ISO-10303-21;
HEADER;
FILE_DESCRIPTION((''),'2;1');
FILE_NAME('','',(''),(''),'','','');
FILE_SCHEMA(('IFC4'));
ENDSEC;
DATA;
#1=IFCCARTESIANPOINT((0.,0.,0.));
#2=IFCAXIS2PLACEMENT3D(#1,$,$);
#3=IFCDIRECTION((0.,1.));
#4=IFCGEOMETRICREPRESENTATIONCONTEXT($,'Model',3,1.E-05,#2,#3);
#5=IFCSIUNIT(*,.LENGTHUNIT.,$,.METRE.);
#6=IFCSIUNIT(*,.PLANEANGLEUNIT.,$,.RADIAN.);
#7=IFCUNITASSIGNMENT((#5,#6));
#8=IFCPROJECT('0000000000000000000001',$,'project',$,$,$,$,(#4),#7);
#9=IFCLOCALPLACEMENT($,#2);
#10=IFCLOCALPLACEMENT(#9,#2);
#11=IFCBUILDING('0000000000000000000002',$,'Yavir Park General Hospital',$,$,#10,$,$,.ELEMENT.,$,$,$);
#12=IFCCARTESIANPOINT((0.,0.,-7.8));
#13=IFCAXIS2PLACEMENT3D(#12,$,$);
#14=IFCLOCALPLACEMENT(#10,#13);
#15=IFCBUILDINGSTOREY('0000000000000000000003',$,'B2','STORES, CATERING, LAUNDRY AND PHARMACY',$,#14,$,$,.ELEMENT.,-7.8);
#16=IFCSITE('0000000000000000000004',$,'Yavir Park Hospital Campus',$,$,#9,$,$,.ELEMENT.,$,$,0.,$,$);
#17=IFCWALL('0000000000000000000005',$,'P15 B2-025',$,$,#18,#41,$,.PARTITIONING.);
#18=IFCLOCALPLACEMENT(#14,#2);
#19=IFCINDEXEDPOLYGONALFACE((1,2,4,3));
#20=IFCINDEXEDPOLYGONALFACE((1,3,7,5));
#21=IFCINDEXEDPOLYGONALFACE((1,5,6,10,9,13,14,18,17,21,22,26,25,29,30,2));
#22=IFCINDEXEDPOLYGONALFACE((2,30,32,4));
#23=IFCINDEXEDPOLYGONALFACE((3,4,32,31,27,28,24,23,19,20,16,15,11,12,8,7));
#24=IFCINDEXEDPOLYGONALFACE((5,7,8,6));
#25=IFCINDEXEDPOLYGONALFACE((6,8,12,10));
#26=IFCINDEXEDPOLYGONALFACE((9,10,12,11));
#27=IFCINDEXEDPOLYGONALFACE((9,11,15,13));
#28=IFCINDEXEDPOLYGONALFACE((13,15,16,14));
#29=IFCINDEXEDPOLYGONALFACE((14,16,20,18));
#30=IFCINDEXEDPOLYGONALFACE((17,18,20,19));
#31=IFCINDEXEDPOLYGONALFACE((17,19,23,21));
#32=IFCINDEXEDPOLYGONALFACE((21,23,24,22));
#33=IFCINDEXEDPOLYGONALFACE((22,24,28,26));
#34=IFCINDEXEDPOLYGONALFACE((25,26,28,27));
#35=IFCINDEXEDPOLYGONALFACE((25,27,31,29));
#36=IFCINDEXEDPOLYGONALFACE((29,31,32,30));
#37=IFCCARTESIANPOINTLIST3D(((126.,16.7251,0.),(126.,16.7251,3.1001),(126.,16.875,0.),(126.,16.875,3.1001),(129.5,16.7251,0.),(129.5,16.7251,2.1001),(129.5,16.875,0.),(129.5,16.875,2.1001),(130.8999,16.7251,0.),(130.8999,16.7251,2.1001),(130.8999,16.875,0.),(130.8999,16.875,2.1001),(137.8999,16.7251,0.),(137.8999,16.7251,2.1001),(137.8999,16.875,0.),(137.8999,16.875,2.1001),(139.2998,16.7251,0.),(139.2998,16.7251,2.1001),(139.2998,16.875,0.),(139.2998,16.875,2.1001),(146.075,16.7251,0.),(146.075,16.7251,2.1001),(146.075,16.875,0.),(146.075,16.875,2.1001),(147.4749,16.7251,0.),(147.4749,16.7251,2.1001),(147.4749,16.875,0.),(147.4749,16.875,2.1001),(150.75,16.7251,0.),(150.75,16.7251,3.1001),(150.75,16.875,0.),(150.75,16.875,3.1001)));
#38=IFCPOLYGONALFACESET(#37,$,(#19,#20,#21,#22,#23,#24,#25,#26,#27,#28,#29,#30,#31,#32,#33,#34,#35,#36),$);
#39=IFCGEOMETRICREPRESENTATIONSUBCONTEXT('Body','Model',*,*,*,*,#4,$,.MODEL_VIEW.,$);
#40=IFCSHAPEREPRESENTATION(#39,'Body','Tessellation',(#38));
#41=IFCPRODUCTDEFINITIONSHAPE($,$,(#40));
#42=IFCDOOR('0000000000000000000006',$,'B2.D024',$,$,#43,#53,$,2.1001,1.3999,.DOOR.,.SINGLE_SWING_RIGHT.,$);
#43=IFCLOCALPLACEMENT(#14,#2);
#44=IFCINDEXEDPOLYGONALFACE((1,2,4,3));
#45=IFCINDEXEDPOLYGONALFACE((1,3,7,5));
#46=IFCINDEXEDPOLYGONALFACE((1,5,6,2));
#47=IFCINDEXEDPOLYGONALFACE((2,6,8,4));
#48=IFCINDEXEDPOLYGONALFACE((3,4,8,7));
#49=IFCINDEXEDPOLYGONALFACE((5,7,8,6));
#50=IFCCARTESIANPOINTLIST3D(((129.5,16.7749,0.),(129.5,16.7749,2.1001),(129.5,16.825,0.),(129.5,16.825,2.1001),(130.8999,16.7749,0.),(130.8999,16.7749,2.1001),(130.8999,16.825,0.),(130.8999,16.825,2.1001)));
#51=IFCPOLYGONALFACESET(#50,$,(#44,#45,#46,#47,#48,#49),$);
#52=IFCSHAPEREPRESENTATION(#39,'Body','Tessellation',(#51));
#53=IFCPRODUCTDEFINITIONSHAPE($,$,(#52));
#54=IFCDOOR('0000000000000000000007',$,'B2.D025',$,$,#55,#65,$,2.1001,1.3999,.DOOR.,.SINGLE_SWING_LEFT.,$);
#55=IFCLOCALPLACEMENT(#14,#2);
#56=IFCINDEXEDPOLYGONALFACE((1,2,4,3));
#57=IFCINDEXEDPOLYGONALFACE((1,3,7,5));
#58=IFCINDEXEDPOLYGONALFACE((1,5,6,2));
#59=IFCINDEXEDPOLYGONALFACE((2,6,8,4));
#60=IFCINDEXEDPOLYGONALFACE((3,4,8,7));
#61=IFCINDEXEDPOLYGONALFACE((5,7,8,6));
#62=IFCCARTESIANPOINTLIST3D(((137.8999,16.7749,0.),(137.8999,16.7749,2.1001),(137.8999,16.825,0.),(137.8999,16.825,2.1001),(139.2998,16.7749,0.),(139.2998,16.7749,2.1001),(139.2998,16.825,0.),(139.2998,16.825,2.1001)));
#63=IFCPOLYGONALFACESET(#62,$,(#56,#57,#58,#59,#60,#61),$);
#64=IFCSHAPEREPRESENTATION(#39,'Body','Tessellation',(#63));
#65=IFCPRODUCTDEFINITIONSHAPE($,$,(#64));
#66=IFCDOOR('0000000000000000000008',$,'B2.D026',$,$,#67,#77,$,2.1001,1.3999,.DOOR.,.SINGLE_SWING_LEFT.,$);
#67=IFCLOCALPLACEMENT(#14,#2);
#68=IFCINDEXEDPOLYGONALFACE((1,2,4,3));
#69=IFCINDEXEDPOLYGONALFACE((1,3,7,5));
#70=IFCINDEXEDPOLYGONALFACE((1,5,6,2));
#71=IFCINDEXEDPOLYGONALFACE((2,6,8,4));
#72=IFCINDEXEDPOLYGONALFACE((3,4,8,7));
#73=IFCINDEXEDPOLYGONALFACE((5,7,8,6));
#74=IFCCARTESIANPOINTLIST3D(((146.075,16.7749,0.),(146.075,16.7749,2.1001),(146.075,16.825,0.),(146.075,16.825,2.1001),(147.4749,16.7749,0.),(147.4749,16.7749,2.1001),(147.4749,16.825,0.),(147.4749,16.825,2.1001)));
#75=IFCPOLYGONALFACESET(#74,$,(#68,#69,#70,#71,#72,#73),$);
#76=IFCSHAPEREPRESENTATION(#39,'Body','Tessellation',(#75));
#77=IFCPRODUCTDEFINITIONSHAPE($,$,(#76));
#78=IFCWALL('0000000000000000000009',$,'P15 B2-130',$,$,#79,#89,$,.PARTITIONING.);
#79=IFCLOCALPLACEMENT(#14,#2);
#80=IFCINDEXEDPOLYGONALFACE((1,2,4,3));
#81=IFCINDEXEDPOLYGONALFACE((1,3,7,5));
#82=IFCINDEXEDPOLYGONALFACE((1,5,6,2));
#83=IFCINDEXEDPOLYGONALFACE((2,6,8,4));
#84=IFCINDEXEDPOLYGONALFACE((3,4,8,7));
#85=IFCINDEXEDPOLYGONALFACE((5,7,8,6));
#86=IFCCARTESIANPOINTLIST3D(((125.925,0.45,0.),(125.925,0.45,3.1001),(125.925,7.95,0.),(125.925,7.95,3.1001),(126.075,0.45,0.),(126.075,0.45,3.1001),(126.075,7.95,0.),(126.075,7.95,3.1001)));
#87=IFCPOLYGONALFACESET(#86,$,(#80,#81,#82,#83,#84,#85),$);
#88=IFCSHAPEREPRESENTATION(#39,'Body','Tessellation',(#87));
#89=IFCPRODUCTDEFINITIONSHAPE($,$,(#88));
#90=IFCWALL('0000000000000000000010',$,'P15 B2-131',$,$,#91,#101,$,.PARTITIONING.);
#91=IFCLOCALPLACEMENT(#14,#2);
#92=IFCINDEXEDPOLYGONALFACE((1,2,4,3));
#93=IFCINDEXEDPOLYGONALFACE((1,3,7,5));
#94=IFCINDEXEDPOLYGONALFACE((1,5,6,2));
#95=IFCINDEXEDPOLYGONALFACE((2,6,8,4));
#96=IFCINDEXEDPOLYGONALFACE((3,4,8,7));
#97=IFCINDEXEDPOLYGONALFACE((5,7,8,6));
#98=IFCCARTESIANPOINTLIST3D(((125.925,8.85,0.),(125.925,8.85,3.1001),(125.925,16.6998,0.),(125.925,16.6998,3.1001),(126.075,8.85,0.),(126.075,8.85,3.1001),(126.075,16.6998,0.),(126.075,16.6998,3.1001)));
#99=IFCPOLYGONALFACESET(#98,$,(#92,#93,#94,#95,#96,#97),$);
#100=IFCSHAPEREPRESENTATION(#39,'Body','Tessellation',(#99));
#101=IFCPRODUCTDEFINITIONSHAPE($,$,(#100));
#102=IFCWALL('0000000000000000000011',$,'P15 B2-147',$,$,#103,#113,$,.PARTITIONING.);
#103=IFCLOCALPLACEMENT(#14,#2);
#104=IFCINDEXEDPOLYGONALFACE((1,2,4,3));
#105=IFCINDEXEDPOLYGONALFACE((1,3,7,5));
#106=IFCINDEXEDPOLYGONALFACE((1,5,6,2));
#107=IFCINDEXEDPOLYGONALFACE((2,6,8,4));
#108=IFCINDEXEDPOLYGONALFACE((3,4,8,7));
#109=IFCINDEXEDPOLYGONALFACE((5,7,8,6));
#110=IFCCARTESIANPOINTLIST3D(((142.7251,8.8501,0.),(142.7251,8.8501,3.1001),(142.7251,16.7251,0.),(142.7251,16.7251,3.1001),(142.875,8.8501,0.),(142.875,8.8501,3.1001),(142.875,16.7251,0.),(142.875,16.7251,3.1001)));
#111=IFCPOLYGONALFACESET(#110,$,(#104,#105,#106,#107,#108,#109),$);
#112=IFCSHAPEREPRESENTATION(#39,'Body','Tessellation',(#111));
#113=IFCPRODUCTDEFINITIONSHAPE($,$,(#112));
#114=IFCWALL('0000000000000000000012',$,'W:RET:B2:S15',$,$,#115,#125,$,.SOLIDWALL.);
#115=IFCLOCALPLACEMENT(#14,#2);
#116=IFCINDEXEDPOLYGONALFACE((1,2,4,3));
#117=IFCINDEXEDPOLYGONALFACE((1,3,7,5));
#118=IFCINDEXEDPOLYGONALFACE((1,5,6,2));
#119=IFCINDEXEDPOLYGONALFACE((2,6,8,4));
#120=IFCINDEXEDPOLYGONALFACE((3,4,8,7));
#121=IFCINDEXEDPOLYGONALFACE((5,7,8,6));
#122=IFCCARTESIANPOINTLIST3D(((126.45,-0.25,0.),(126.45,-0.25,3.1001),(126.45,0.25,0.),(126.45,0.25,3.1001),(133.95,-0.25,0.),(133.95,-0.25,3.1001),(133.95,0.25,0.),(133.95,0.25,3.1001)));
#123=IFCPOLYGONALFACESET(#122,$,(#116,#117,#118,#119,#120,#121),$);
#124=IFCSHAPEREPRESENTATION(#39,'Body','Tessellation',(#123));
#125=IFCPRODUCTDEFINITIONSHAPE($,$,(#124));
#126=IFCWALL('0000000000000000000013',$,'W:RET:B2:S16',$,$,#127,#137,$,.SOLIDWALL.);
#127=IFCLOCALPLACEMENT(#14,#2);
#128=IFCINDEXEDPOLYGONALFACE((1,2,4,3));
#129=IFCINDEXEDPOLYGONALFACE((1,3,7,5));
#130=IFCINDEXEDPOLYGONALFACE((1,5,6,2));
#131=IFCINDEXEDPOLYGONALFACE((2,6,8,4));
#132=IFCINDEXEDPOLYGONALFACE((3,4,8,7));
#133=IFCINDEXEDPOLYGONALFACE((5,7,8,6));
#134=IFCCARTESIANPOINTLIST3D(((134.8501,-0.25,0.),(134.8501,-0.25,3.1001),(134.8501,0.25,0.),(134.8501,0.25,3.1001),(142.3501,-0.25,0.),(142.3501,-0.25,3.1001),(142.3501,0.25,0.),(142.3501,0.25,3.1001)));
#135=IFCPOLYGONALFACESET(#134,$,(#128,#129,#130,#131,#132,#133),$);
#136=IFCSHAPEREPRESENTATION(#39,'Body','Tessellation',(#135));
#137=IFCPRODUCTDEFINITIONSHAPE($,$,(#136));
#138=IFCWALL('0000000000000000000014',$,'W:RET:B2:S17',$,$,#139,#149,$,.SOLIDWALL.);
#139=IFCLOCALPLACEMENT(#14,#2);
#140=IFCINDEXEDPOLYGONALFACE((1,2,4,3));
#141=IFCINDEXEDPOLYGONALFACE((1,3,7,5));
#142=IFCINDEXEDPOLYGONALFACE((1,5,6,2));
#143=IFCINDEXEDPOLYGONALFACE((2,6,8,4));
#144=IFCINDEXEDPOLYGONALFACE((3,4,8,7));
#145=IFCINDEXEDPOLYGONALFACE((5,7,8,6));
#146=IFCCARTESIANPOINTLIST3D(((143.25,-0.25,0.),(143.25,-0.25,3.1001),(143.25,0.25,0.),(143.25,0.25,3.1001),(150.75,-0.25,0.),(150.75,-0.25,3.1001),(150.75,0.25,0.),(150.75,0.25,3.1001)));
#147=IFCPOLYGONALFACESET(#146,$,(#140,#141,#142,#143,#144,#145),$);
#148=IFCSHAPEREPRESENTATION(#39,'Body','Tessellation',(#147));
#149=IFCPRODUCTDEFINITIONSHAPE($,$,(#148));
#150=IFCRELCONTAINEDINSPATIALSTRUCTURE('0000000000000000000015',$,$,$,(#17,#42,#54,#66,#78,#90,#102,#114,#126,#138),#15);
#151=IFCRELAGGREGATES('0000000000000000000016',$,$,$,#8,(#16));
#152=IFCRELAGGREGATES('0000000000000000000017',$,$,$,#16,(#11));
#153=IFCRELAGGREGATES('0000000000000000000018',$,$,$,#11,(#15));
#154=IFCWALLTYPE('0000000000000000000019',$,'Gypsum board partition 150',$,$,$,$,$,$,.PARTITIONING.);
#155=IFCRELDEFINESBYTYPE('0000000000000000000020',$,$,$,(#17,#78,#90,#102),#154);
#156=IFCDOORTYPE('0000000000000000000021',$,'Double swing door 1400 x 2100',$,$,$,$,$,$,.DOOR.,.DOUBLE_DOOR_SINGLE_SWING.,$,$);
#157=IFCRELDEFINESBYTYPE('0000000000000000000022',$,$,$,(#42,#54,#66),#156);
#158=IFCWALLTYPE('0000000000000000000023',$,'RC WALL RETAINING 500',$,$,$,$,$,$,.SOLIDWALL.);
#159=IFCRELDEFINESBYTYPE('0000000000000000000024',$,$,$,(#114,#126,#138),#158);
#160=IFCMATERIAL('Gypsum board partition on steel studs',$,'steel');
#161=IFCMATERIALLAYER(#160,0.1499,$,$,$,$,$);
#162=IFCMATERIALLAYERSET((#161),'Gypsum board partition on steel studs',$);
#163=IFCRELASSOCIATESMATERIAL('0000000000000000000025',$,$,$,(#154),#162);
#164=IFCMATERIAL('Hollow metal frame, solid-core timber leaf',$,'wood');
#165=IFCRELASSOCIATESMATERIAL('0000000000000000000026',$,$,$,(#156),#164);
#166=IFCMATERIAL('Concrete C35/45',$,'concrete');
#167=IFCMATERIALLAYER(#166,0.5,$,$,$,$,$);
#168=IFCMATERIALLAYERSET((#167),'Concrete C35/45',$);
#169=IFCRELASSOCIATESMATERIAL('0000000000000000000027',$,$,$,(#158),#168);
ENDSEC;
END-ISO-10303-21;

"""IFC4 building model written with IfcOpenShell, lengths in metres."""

from ifc_helpers import new_model, si_unit, direction, frame, frame_2d, origin, place, context, subcontext, project, spatial, rectangle, extrude, material, layer, layer_set, type_object, element, fill, save


model = new_model("IFC4")

# Units and contexts
model_context = context("Model", 3, precision=1e-05, world=origin(), true_north=direction((0.0, 1.0)))
body_context = subcontext(model_context, "Body", "Model", "MODEL_VIEW")
ifc_project = project(units=[si_unit("LENGTHUNIT", "METRE"), si_unit("PLANEANGLEUNIT", "RADIAN")], contexts=[model_context])

# Site, building, storey
site_placement = place(None, origin())
site = spatial("IfcSite", under=ifc_project, at=site_placement, Name="Yavir Park Hospital Campus", CompositionType="ELEMENT", RefElevation=0.0)
building_placement = place(site_placement, origin())
building = spatial("IfcBuilding", under=site, at=building_placement, Name="Yavir Park General Hospital", CompositionType="ELEMENT")
storey_placement = place(building_placement, frame((0.0, 0.0, -7.8)))
storey = spatial("IfcBuildingStorey", under=building, at=storey_placement, Name="B2", Description="STORES, CATERING, LAUNDRY AND PHARMACY", CompositionType="ELEMENT", Elevation=-7.8)

# Shared definitions
ifc_material_1 = material(Name="Gypsum board partition on steel studs", Category="steel")
ifc_layer_1 = layer(ifc_material_1, 0.1499)
ifc_layer_set_1 = layer_set([ifc_layer_1], Name="Gypsum board partition on steel studs")
wall_type_1 = type_object("IfcWallType", Name="Gypsum board partition 150", PredefinedType="PARTITIONING", material=ifc_layer_set_1)

# Wall, openings, doors
wall_1_placement = place(storey_placement, frame((126.0, 16.8, 0.0), z_axis=(0.0, 0.0, 1.0), x_axis=(1.0, 0.0, 0.0)))
wall_1 = element("IfcWall", 1, at=wall_1_placement, inside=storey, type_object=wall_type_1, Name="P15 B2-025", PredefinedType="PARTITIONING", context=body_context, shape_type="SweptSolid", body=[
    extrude(rectangle(XDim=24.75, YDim=0.1499, at=frame_2d((12.375, 0.0))), origin(), (0.0, 0.0, 1.0), 3.1001),
])
opening_1_placement = place(wall_1_placement, frame((3.5, 0.0, 0.0)))
opening_1 = element("IfcOpeningElement", 2, at=opening_1_placement, cuts=wall_1, PredefinedType="OPENING", context=body_context, shape_type="SweptSolid", body=[
    extrude(rectangle(XDim=1.3999, YDim=2.1001, at=frame_2d((0.7, 1.05))), frame((0.0, 0.085, 0.0), z_axis=(0.0, -1.0, 0.0), x_axis=(1.0, 0.0, 0.0)), (0.0, 0.0, 1.0), 0.1699),
])
opening_2_placement = place(wall_1_placement, frame((11.8999, 0.0, 0.0)))
opening_2 = element("IfcOpeningElement", 3, at=opening_2_placement, cuts=wall_1, PredefinedType="OPENING", context=body_context, shape_type="SweptSolid", body=[
    extrude(rectangle(XDim=1.3999, YDim=2.1001, at=frame_2d((0.7, 1.05))), frame((0.0, 0.085, 0.0), z_axis=(0.0, -1.0, 0.0), x_axis=(1.0, 0.0, 0.0)), (0.0, 0.0, 1.0), 0.1699),
])
opening_3_placement = place(wall_1_placement, frame((20.075, 0.0, 0.0)))
opening_3 = element("IfcOpeningElement", 4, at=opening_3_placement, cuts=wall_1, PredefinedType="OPENING", context=body_context, shape_type="SweptSolid", body=[
    extrude(rectangle(XDim=1.3999, YDim=2.1001, at=frame_2d((0.7, 1.05))), frame((0.0, 0.085, 0.0), z_axis=(0.0, -1.0, 0.0), x_axis=(1.0, 0.0, 0.0)), (0.0, 0.0, 1.0), 0.1699),
])
ifc_material_2 = material(Name="Hollow metal frame, solid-core timber leaf", Category="wood")
door_type_1 = type_object("IfcDoorType", Name="Double swing door 1400 x 2100", OperationType="DOUBLE_DOOR_SINGLE_SWING", PredefinedType="DOOR", material=ifc_material_2)
door_1_placement = place(opening_1_placement, origin())
door_1 = element("IfcDoor", 5, at=door_1_placement, inside=storey, type_object=door_type_1, Name="B2.D024", OperationType="SINGLE_SWING_RIGHT", OverallHeight=2.1001, OverallWidth=1.3999, PredefinedType="DOOR", context=body_context, shape_type="SweptSolid", body=[
    extrude(rectangle(XDim=1.3999, YDim=2.1001, at=frame_2d((0.7, 1.05))), frame((0.0, 0.0249, 0.0), z_axis=(0.0, -1.0, 0.0), x_axis=(1.0, 0.0, 0.0)), (0.0, 0.0, 1.0), 0.05),
])
fill(opening_1, door_1)
door_2_placement = place(opening_2_placement, origin())
door_2 = element("IfcDoor", 6, at=door_2_placement, inside=storey, type_object=door_type_1, Name="B2.D025", OperationType="SINGLE_SWING_LEFT", OverallHeight=2.1001, OverallWidth=1.3999, PredefinedType="DOOR", context=body_context, shape_type="SweptSolid", body=[
    extrude(rectangle(XDim=1.3999, YDim=2.1001, at=frame_2d((0.7, 1.05))), frame((0.0, 0.0249, 0.0), z_axis=(0.0, -1.0, 0.0), x_axis=(1.0, 0.0, 0.0)), (0.0, 0.0, 1.0), 0.05),
])
fill(opening_2, door_2)
door_3_placement = place(opening_3_placement, origin())
door_3 = element("IfcDoor", 7, at=door_3_placement, inside=storey, type_object=door_type_1, Name="B2.D026", OperationType="SINGLE_SWING_LEFT", OverallHeight=2.1001, OverallWidth=1.3999, PredefinedType="DOOR", context=body_context, shape_type="SweptSolid", body=[
    extrude(rectangle(XDim=1.3999, YDim=2.1001, at=frame_2d((0.7, 1.05))), frame((0.0, 0.0249, 0.0), z_axis=(0.0, -1.0, 0.0), x_axis=(1.0, 0.0, 0.0)), (0.0, 0.0, 1.0), 0.05),
])
fill(opening_3, door_3)

# Walls
wall_2_placement = place(storey_placement, frame((126.0, 0.45, 0.0), z_axis=(0.0, 0.0, 1.0), x_axis=(0.0, 1.0, 0.0)))
element("IfcWall", 8, at=wall_2_placement, inside=storey, type_object=wall_type_1, Name="P15 B2-130", PredefinedType="PARTITIONING", context=body_context, shape_type="SweptSolid", body=[
    extrude(rectangle(XDim=7.5, YDim=0.1499, at=frame_2d((3.75, 0.0))), origin(), (0.0, 0.0, 1.0), 3.1001),
])
wall_3_placement = place(storey_placement, frame((126.0, 8.8501, 0.0), z_axis=(0.0, 0.0, 1.0), x_axis=(0.0, 1.0, 0.0)))
element("IfcWall", 9, at=wall_3_placement, inside=storey, type_object=wall_type_1, Name="P15 B2-131", PredefinedType="PARTITIONING", context=body_context, shape_type="SweptSolid", body=[
    extrude(rectangle(XDim=7.8499, YDim=0.1499, at=frame_2d((3.9248, 0.0))), origin(), (0.0, 0.0, 1.0), 3.1001),
])
wall_4_placement = place(storey_placement, frame((142.8, 8.8501, 0.0), z_axis=(0.0, 0.0, 1.0), x_axis=(0.0, 1.0, 0.0)))
element("IfcWall", 10, at=wall_4_placement, inside=storey, type_object=wall_type_1, Name="P15 B2-147", PredefinedType="PARTITIONING", context=body_context, shape_type="SweptSolid", body=[
    extrude(rectangle(XDim=7.875, YDim=0.1499, at=frame_2d((3.9375, 0.0))), origin(), (0.0, 0.0, 1.0), 3.1001),
])
ifc_material_3 = material(Name="Concrete C35/45", Category="concrete")
ifc_layer_2 = layer(ifc_material_3, 0.5)
ifc_layer_set_2 = layer_set([ifc_layer_2], Name="Concrete C35/45")
wall_type_2 = type_object("IfcWallType", Name="RC WALL RETAINING 500", PredefinedType="SOLIDWALL", material=ifc_layer_set_2)
for number, where, z_axis, x_axis, name in (
    (11, (126.45, 0.0, 0.0), (0.0, 0.0, 1.0), (1.0, 0.0, 0.0), "W:RET:B2:S15"),
    (12, (134.8501, 0.0, 0.0), (0.0, 0.0, 1.0), (1.0, 0.0, 0.0), "W:RET:B2:S16"),
    (13, (143.25, 0.0, 0.0), (0.0, 0.0, 1.0), (1.0, 0.0, 0.0), "W:RET:B2:S17"),
):
    element("IfcWall", number, at=place(storey_placement, frame(where, z_axis=z_axis, x_axis=x_axis)), inside=storey, type_object=wall_type_2, Name=name, PredefinedType="SOLIDWALL", context=body_context, shape_type="SweptSolid", body=[
        extrude(rectangle(XDim=7.5, YDim=0.5, at=frame_2d((3.75, 0.0))), origin(), (0.0, 0.0, 1.0), 3.1001),
    ])

save(model, "model.ifc")
